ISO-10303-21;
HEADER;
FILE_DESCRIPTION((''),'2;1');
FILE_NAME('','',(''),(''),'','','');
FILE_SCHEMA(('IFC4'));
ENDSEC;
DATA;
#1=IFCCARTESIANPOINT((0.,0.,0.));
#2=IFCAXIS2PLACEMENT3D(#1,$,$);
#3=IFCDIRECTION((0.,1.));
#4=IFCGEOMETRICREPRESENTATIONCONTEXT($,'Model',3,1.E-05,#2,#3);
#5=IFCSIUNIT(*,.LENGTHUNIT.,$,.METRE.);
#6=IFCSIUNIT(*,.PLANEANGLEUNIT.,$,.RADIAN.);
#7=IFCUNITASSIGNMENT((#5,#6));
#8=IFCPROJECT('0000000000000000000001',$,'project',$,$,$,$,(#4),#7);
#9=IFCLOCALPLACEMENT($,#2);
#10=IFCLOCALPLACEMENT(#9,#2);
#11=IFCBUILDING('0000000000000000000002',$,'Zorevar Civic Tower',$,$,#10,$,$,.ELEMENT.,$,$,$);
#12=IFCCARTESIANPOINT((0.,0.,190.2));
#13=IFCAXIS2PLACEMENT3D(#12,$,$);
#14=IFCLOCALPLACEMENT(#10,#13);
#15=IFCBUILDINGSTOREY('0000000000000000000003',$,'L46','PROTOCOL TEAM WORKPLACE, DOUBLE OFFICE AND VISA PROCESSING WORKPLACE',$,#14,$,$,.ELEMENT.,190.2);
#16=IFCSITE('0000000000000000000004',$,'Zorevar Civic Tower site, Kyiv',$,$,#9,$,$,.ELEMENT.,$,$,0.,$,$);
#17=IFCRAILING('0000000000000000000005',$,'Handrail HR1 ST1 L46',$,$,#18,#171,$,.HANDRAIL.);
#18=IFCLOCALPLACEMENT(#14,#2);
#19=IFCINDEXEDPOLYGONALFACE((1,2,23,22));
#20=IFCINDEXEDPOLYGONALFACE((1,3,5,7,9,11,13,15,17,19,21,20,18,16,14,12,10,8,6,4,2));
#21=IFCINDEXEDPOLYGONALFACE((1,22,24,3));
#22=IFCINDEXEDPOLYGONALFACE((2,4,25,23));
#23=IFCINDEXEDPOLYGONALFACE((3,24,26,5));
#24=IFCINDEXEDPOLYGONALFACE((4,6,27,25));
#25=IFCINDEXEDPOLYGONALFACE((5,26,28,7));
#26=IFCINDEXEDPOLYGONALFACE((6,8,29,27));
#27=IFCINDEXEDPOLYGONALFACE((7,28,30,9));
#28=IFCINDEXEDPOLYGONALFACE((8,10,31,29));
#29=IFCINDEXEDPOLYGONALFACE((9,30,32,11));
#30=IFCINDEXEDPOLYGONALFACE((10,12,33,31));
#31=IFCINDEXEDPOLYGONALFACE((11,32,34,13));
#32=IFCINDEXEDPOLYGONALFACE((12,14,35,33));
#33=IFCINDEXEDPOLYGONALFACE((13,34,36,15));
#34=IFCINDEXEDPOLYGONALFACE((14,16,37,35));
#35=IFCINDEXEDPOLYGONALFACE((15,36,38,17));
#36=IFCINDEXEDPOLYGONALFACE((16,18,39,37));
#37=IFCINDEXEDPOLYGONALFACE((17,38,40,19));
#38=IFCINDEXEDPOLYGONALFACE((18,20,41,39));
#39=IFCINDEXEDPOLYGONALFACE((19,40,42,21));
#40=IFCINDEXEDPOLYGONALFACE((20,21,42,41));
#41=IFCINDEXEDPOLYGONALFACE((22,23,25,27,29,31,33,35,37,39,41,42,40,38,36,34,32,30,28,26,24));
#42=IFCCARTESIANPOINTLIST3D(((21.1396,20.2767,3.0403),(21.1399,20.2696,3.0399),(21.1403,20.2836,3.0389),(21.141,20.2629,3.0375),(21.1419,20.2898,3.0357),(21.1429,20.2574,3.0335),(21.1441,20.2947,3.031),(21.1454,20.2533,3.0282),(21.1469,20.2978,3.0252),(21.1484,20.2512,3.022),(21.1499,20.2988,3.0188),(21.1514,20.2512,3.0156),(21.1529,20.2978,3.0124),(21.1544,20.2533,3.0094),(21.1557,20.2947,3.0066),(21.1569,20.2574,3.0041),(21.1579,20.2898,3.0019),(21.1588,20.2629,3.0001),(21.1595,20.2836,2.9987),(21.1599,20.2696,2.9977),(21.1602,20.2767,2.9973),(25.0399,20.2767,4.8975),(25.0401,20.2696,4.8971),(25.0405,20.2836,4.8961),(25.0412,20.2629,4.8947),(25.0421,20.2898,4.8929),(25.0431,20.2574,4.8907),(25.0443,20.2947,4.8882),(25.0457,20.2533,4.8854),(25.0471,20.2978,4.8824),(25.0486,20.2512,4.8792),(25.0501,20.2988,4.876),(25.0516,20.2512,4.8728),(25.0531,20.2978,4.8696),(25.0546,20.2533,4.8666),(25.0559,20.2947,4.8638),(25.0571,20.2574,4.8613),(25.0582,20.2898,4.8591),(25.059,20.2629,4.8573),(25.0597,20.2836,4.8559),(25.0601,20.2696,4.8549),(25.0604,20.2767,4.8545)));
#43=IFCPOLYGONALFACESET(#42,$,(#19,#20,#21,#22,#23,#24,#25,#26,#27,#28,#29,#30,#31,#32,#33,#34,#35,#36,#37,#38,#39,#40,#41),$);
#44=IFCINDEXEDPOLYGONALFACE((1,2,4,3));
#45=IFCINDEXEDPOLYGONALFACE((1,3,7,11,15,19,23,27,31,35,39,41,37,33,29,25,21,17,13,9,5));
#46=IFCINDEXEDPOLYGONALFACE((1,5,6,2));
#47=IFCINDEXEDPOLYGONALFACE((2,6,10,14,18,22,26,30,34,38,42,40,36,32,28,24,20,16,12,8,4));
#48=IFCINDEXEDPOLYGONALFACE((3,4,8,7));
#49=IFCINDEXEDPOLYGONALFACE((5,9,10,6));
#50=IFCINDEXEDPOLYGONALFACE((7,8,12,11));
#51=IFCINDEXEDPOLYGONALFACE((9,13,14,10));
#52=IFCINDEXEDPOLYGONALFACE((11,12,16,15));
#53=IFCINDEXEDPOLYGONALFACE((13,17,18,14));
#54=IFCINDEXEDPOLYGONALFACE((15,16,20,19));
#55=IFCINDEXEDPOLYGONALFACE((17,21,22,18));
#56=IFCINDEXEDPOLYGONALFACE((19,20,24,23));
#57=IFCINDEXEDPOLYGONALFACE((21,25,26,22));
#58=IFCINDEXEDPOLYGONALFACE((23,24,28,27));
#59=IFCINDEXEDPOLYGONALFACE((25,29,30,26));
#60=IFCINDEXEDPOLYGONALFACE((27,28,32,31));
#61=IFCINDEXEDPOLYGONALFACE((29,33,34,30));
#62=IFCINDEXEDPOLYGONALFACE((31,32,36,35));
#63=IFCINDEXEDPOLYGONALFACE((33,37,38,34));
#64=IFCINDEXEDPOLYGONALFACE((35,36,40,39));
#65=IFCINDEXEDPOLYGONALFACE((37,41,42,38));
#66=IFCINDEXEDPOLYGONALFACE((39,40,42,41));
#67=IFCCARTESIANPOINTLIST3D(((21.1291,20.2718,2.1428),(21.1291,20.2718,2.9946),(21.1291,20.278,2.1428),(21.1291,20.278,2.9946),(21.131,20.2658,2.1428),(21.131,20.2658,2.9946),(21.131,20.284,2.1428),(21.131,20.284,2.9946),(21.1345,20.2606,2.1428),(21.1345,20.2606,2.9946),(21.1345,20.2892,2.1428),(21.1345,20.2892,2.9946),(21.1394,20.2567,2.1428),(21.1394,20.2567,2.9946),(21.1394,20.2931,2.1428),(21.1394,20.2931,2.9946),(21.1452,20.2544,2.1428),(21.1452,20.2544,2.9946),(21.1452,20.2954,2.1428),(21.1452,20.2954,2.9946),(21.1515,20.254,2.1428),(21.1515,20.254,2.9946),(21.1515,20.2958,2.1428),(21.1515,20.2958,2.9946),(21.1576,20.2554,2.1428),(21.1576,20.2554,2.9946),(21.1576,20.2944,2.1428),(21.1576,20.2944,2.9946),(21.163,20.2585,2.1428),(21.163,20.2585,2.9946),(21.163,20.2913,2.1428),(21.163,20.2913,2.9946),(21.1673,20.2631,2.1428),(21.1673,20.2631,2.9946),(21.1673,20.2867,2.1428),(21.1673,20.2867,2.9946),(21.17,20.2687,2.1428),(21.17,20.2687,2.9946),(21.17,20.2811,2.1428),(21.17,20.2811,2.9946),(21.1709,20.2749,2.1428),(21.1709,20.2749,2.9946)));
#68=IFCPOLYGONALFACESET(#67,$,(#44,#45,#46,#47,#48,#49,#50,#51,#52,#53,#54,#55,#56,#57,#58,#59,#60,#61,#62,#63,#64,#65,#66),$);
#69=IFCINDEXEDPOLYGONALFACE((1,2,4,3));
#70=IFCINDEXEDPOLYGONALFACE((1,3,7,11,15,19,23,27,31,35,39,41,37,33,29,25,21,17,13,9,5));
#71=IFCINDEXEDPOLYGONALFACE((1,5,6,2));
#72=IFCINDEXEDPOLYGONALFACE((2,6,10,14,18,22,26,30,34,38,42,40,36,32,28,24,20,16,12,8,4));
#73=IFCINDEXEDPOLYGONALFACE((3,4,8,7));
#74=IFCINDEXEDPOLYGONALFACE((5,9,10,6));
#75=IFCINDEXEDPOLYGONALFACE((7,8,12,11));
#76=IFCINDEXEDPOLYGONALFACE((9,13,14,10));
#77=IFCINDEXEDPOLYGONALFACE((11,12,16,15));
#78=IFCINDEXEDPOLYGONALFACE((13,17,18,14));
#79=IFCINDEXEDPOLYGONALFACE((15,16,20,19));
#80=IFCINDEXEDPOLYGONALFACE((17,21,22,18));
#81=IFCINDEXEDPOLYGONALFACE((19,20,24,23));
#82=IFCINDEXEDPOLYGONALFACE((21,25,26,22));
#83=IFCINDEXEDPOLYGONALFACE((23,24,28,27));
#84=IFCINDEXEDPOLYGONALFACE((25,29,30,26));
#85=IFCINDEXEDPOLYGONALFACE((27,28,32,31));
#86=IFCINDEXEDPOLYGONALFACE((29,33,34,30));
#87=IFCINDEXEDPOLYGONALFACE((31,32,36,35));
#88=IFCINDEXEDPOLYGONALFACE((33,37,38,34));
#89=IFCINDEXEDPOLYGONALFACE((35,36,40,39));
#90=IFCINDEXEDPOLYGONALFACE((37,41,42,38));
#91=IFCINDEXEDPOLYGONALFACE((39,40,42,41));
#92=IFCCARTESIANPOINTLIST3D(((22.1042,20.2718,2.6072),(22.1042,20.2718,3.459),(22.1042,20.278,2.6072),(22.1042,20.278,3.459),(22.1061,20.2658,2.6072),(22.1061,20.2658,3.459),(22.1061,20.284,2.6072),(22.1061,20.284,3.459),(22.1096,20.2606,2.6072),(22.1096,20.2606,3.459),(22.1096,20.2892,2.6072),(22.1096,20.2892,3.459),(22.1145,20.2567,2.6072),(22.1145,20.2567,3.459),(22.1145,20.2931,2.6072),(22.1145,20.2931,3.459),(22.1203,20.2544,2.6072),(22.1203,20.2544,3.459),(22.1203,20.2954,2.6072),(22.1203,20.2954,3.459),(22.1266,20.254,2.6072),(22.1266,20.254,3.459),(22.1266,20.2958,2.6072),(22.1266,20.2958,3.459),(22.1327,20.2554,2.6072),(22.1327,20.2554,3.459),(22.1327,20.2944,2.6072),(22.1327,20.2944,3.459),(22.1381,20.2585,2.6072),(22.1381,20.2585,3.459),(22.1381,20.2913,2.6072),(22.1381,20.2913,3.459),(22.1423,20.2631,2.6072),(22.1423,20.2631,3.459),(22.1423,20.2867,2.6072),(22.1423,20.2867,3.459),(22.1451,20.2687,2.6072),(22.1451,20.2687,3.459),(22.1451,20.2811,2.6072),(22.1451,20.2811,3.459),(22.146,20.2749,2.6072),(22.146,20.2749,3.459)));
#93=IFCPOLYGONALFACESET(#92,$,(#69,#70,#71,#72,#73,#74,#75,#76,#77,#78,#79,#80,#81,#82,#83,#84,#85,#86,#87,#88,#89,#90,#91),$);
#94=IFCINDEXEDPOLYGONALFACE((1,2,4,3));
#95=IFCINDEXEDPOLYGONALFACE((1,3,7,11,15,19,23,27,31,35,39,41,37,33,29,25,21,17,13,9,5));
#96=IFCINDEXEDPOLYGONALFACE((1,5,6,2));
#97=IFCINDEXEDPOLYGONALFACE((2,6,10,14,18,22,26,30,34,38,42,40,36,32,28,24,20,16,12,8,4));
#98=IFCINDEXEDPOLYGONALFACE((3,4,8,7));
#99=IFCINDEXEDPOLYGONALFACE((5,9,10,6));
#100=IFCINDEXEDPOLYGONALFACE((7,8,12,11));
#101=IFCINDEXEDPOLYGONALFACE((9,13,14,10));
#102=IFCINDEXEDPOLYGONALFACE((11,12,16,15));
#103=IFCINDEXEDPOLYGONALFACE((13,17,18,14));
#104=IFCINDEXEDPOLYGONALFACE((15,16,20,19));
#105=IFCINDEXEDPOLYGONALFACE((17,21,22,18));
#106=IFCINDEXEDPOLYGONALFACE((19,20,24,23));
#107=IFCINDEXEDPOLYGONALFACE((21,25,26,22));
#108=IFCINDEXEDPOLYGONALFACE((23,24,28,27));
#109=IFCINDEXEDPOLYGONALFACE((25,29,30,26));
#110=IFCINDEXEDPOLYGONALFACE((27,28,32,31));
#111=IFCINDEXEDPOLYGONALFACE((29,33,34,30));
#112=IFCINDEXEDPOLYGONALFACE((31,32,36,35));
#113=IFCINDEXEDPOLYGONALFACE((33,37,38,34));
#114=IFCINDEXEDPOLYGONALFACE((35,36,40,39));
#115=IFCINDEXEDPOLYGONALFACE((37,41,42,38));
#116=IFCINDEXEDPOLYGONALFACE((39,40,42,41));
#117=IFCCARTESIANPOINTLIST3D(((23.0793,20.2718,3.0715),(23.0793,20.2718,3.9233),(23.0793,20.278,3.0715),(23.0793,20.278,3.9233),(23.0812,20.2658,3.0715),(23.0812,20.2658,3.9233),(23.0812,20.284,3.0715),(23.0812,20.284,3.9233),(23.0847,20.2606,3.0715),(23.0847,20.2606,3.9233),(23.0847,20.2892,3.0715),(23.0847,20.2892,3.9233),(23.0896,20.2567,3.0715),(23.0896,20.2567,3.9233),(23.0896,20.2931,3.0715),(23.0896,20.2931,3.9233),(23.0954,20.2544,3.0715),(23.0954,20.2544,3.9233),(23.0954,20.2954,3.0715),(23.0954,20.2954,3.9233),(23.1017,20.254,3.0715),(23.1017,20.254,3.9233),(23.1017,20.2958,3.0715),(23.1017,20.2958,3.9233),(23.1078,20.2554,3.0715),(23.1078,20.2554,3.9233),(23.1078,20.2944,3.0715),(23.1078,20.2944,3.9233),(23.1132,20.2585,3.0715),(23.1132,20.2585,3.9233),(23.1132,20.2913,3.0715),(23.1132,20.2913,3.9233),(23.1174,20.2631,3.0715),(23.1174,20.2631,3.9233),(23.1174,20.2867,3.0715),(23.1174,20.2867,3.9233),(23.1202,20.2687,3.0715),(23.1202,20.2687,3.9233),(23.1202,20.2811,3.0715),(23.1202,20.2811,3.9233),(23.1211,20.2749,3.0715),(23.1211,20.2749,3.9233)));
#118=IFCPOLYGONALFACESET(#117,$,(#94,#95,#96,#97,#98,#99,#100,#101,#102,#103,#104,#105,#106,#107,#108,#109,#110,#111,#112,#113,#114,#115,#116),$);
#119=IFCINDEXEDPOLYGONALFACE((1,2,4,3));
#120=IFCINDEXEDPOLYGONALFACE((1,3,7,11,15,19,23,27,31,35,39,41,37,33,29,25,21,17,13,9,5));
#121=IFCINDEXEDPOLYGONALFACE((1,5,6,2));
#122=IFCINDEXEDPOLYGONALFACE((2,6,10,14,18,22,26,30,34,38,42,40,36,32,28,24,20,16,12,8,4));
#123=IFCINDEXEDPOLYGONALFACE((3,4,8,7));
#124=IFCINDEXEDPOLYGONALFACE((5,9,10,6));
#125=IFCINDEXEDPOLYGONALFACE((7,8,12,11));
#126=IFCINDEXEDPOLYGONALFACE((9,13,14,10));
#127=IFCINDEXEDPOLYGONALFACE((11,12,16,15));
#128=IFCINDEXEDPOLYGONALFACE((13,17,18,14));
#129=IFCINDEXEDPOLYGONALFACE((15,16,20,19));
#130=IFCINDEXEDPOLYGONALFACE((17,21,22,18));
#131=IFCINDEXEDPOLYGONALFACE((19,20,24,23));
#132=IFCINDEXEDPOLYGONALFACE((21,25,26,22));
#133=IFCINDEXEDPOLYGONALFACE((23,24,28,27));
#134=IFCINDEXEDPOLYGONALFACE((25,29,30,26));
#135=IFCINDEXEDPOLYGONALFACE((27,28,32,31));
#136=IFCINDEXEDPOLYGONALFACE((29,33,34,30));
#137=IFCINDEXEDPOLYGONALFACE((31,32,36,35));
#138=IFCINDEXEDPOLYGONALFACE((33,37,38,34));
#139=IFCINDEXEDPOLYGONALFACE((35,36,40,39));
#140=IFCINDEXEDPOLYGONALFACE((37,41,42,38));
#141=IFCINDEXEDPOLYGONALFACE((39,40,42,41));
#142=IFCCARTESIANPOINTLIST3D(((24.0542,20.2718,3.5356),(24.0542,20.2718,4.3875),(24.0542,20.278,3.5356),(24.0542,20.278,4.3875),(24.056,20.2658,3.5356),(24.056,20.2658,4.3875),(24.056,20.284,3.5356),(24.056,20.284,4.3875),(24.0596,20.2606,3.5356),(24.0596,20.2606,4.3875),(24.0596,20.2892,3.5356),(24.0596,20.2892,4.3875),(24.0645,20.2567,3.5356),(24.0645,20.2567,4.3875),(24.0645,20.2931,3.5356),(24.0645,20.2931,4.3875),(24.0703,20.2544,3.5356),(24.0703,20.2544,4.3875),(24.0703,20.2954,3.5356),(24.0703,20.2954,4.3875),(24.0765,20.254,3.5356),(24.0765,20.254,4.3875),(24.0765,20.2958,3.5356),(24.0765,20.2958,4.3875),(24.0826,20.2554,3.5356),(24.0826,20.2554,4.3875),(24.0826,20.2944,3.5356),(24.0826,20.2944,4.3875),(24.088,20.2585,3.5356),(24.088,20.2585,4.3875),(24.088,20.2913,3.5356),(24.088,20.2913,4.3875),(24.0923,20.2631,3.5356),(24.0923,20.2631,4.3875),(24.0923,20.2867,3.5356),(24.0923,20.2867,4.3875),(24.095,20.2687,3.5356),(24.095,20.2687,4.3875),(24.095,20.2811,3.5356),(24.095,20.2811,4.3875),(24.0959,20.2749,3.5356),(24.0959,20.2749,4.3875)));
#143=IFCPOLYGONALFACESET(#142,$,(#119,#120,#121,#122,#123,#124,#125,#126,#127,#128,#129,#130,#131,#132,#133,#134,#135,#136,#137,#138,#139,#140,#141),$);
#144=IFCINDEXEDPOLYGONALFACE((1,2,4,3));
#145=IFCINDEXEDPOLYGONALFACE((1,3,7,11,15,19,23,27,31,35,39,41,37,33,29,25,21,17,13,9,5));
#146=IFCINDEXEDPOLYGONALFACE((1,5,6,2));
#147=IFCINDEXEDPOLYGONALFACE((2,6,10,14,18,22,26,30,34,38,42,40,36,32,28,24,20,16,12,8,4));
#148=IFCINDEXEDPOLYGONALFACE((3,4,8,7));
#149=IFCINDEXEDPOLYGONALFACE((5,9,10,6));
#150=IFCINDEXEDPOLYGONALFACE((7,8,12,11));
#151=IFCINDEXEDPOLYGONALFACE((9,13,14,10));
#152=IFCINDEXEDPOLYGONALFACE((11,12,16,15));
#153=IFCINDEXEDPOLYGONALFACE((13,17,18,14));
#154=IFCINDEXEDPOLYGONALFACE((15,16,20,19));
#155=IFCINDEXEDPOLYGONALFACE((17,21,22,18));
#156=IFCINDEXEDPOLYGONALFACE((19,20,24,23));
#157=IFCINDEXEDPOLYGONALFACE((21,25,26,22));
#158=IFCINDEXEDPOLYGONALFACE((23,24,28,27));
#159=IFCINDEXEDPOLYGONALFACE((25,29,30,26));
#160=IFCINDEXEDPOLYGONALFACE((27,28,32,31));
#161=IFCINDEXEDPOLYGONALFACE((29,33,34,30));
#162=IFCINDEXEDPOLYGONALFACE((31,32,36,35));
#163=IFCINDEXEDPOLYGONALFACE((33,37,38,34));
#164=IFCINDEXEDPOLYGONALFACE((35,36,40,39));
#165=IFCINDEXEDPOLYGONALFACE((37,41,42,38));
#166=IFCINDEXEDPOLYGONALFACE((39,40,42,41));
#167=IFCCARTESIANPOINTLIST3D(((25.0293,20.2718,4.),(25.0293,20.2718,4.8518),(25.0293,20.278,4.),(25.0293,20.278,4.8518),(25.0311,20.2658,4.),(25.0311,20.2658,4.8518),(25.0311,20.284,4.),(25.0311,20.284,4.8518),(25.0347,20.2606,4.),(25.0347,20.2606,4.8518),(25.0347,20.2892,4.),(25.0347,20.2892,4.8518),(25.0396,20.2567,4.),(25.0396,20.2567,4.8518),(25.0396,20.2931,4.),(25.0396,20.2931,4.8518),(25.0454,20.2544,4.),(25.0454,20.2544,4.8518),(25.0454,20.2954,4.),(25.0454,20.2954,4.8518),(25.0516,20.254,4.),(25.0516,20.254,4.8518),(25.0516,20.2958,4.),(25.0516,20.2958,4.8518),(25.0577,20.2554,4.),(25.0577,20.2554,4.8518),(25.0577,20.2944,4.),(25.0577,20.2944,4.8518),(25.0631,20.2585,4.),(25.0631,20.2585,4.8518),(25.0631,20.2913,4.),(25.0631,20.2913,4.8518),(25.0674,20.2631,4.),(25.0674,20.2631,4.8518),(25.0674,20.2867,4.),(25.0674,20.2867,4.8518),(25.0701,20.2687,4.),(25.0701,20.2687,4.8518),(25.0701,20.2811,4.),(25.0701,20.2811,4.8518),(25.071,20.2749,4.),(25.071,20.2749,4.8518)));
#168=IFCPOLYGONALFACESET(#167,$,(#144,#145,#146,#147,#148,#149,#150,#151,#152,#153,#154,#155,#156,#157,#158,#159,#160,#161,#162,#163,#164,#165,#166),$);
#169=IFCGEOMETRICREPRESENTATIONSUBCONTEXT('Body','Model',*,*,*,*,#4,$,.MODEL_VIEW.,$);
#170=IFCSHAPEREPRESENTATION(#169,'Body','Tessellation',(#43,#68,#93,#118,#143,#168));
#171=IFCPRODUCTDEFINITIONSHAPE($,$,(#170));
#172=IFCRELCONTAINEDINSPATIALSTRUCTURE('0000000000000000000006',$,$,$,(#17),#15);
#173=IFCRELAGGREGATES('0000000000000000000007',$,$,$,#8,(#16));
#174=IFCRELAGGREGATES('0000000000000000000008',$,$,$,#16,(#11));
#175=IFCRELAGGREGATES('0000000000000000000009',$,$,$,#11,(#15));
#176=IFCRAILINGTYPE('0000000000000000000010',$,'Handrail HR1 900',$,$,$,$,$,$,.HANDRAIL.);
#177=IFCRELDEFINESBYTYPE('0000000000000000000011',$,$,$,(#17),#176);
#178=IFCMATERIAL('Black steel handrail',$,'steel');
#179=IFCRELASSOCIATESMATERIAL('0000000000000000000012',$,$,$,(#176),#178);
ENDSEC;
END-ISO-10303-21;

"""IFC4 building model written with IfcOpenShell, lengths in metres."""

from ifc_helpers import new_model, si_unit, direction, frame, origin, origin_2d, place, context, subcontext, project, spatial, circle, extrude, material, type_object, element, save


model = new_model("IFC4")

# Units and contexts
model_context = context("Model", 3, precision=1e-05, world=origin(), true_north=direction((0.0, 1.0)))
body_context = subcontext(model_context, "Body", "Model", "MODEL_VIEW")
ifc_project = project(units=[si_unit("LENGTHUNIT", "METRE"), si_unit("PLANEANGLEUNIT", "RADIAN")], contexts=[model_context])

# Site, building, storey
site_placement = place(None, origin())
site = spatial("IfcSite", under=ifc_project, at=site_placement, Name="Zorevar Civic Tower site, Kyiv", CompositionType="ELEMENT", RefElevation=0.0)
building_placement = place(site_placement, origin())
building = spatial("IfcBuilding", under=site, at=building_placement, Name="Zorevar Civic Tower", CompositionType="ELEMENT")
storey_placement = place(building_placement, frame((0.0, 0.0, 190.2)))
storey = spatial("IfcBuildingStorey", under=building, at=storey_placement, Name="L46", Description="PROTOCOL TEAM WORKPLACE, DOUBLE OFFICE AND VISA PROCESSING WORKPLACE", CompositionType="ELEMENT", Elevation=190.2)

# Railing
ifc_material_1 = material(Name="Black steel handrail", Category="steel")
railing_type = type_object("IfcRailingType", Name="Handrail HR1 900", PredefinedType="HANDRAIL", material=ifc_material_1)
railing_placement = place(storey_placement, frame((21.1499, 20.2749, 2.1428)))
element("IfcRailing", 1, at=railing_placement, inside=storey, type_object=railing_type, Name="Handrail HR1 ST1 L46", PredefinedType="HANDRAIL", context=body_context, shape_type="SweptSolid", body=[
    extrude(circle(Radius=0.0239, at=origin_2d()), frame((0.0, 0.0, 0.876), z_axis=(0.902864, 0.0, 0.429927), x_axis=(0.0, 1.0, 0.0)), (0.0, 0.0, 1.0), 4.3198),
    extrude(circle(Radius=0.021, at=origin_2d()), origin(), (0.0, 0.0, 1.0), 0.8518),
    extrude(circle(Radius=0.021, at=origin_2d()), frame((0.9751, 0.0, 0.4644)), (0.0, 0.0, 1.0), 0.8518),
    extrude(circle(Radius=0.021, at=origin_2d()), frame((1.9502, 0.0, 0.9287)), (0.0, 0.0, 1.0), 0.8518),
    extrude(circle(Radius=0.021, at=origin_2d()), frame((2.925, 0.0, 1.3928)), (0.0, 0.0, 1.0), 0.8518),
    extrude(circle(Radius=0.021, at=origin_2d()), frame((3.9001, 0.0, 1.8572)), (0.0, 0.0, 1.0), 0.8518),
])

save(model, "model.ifc")
